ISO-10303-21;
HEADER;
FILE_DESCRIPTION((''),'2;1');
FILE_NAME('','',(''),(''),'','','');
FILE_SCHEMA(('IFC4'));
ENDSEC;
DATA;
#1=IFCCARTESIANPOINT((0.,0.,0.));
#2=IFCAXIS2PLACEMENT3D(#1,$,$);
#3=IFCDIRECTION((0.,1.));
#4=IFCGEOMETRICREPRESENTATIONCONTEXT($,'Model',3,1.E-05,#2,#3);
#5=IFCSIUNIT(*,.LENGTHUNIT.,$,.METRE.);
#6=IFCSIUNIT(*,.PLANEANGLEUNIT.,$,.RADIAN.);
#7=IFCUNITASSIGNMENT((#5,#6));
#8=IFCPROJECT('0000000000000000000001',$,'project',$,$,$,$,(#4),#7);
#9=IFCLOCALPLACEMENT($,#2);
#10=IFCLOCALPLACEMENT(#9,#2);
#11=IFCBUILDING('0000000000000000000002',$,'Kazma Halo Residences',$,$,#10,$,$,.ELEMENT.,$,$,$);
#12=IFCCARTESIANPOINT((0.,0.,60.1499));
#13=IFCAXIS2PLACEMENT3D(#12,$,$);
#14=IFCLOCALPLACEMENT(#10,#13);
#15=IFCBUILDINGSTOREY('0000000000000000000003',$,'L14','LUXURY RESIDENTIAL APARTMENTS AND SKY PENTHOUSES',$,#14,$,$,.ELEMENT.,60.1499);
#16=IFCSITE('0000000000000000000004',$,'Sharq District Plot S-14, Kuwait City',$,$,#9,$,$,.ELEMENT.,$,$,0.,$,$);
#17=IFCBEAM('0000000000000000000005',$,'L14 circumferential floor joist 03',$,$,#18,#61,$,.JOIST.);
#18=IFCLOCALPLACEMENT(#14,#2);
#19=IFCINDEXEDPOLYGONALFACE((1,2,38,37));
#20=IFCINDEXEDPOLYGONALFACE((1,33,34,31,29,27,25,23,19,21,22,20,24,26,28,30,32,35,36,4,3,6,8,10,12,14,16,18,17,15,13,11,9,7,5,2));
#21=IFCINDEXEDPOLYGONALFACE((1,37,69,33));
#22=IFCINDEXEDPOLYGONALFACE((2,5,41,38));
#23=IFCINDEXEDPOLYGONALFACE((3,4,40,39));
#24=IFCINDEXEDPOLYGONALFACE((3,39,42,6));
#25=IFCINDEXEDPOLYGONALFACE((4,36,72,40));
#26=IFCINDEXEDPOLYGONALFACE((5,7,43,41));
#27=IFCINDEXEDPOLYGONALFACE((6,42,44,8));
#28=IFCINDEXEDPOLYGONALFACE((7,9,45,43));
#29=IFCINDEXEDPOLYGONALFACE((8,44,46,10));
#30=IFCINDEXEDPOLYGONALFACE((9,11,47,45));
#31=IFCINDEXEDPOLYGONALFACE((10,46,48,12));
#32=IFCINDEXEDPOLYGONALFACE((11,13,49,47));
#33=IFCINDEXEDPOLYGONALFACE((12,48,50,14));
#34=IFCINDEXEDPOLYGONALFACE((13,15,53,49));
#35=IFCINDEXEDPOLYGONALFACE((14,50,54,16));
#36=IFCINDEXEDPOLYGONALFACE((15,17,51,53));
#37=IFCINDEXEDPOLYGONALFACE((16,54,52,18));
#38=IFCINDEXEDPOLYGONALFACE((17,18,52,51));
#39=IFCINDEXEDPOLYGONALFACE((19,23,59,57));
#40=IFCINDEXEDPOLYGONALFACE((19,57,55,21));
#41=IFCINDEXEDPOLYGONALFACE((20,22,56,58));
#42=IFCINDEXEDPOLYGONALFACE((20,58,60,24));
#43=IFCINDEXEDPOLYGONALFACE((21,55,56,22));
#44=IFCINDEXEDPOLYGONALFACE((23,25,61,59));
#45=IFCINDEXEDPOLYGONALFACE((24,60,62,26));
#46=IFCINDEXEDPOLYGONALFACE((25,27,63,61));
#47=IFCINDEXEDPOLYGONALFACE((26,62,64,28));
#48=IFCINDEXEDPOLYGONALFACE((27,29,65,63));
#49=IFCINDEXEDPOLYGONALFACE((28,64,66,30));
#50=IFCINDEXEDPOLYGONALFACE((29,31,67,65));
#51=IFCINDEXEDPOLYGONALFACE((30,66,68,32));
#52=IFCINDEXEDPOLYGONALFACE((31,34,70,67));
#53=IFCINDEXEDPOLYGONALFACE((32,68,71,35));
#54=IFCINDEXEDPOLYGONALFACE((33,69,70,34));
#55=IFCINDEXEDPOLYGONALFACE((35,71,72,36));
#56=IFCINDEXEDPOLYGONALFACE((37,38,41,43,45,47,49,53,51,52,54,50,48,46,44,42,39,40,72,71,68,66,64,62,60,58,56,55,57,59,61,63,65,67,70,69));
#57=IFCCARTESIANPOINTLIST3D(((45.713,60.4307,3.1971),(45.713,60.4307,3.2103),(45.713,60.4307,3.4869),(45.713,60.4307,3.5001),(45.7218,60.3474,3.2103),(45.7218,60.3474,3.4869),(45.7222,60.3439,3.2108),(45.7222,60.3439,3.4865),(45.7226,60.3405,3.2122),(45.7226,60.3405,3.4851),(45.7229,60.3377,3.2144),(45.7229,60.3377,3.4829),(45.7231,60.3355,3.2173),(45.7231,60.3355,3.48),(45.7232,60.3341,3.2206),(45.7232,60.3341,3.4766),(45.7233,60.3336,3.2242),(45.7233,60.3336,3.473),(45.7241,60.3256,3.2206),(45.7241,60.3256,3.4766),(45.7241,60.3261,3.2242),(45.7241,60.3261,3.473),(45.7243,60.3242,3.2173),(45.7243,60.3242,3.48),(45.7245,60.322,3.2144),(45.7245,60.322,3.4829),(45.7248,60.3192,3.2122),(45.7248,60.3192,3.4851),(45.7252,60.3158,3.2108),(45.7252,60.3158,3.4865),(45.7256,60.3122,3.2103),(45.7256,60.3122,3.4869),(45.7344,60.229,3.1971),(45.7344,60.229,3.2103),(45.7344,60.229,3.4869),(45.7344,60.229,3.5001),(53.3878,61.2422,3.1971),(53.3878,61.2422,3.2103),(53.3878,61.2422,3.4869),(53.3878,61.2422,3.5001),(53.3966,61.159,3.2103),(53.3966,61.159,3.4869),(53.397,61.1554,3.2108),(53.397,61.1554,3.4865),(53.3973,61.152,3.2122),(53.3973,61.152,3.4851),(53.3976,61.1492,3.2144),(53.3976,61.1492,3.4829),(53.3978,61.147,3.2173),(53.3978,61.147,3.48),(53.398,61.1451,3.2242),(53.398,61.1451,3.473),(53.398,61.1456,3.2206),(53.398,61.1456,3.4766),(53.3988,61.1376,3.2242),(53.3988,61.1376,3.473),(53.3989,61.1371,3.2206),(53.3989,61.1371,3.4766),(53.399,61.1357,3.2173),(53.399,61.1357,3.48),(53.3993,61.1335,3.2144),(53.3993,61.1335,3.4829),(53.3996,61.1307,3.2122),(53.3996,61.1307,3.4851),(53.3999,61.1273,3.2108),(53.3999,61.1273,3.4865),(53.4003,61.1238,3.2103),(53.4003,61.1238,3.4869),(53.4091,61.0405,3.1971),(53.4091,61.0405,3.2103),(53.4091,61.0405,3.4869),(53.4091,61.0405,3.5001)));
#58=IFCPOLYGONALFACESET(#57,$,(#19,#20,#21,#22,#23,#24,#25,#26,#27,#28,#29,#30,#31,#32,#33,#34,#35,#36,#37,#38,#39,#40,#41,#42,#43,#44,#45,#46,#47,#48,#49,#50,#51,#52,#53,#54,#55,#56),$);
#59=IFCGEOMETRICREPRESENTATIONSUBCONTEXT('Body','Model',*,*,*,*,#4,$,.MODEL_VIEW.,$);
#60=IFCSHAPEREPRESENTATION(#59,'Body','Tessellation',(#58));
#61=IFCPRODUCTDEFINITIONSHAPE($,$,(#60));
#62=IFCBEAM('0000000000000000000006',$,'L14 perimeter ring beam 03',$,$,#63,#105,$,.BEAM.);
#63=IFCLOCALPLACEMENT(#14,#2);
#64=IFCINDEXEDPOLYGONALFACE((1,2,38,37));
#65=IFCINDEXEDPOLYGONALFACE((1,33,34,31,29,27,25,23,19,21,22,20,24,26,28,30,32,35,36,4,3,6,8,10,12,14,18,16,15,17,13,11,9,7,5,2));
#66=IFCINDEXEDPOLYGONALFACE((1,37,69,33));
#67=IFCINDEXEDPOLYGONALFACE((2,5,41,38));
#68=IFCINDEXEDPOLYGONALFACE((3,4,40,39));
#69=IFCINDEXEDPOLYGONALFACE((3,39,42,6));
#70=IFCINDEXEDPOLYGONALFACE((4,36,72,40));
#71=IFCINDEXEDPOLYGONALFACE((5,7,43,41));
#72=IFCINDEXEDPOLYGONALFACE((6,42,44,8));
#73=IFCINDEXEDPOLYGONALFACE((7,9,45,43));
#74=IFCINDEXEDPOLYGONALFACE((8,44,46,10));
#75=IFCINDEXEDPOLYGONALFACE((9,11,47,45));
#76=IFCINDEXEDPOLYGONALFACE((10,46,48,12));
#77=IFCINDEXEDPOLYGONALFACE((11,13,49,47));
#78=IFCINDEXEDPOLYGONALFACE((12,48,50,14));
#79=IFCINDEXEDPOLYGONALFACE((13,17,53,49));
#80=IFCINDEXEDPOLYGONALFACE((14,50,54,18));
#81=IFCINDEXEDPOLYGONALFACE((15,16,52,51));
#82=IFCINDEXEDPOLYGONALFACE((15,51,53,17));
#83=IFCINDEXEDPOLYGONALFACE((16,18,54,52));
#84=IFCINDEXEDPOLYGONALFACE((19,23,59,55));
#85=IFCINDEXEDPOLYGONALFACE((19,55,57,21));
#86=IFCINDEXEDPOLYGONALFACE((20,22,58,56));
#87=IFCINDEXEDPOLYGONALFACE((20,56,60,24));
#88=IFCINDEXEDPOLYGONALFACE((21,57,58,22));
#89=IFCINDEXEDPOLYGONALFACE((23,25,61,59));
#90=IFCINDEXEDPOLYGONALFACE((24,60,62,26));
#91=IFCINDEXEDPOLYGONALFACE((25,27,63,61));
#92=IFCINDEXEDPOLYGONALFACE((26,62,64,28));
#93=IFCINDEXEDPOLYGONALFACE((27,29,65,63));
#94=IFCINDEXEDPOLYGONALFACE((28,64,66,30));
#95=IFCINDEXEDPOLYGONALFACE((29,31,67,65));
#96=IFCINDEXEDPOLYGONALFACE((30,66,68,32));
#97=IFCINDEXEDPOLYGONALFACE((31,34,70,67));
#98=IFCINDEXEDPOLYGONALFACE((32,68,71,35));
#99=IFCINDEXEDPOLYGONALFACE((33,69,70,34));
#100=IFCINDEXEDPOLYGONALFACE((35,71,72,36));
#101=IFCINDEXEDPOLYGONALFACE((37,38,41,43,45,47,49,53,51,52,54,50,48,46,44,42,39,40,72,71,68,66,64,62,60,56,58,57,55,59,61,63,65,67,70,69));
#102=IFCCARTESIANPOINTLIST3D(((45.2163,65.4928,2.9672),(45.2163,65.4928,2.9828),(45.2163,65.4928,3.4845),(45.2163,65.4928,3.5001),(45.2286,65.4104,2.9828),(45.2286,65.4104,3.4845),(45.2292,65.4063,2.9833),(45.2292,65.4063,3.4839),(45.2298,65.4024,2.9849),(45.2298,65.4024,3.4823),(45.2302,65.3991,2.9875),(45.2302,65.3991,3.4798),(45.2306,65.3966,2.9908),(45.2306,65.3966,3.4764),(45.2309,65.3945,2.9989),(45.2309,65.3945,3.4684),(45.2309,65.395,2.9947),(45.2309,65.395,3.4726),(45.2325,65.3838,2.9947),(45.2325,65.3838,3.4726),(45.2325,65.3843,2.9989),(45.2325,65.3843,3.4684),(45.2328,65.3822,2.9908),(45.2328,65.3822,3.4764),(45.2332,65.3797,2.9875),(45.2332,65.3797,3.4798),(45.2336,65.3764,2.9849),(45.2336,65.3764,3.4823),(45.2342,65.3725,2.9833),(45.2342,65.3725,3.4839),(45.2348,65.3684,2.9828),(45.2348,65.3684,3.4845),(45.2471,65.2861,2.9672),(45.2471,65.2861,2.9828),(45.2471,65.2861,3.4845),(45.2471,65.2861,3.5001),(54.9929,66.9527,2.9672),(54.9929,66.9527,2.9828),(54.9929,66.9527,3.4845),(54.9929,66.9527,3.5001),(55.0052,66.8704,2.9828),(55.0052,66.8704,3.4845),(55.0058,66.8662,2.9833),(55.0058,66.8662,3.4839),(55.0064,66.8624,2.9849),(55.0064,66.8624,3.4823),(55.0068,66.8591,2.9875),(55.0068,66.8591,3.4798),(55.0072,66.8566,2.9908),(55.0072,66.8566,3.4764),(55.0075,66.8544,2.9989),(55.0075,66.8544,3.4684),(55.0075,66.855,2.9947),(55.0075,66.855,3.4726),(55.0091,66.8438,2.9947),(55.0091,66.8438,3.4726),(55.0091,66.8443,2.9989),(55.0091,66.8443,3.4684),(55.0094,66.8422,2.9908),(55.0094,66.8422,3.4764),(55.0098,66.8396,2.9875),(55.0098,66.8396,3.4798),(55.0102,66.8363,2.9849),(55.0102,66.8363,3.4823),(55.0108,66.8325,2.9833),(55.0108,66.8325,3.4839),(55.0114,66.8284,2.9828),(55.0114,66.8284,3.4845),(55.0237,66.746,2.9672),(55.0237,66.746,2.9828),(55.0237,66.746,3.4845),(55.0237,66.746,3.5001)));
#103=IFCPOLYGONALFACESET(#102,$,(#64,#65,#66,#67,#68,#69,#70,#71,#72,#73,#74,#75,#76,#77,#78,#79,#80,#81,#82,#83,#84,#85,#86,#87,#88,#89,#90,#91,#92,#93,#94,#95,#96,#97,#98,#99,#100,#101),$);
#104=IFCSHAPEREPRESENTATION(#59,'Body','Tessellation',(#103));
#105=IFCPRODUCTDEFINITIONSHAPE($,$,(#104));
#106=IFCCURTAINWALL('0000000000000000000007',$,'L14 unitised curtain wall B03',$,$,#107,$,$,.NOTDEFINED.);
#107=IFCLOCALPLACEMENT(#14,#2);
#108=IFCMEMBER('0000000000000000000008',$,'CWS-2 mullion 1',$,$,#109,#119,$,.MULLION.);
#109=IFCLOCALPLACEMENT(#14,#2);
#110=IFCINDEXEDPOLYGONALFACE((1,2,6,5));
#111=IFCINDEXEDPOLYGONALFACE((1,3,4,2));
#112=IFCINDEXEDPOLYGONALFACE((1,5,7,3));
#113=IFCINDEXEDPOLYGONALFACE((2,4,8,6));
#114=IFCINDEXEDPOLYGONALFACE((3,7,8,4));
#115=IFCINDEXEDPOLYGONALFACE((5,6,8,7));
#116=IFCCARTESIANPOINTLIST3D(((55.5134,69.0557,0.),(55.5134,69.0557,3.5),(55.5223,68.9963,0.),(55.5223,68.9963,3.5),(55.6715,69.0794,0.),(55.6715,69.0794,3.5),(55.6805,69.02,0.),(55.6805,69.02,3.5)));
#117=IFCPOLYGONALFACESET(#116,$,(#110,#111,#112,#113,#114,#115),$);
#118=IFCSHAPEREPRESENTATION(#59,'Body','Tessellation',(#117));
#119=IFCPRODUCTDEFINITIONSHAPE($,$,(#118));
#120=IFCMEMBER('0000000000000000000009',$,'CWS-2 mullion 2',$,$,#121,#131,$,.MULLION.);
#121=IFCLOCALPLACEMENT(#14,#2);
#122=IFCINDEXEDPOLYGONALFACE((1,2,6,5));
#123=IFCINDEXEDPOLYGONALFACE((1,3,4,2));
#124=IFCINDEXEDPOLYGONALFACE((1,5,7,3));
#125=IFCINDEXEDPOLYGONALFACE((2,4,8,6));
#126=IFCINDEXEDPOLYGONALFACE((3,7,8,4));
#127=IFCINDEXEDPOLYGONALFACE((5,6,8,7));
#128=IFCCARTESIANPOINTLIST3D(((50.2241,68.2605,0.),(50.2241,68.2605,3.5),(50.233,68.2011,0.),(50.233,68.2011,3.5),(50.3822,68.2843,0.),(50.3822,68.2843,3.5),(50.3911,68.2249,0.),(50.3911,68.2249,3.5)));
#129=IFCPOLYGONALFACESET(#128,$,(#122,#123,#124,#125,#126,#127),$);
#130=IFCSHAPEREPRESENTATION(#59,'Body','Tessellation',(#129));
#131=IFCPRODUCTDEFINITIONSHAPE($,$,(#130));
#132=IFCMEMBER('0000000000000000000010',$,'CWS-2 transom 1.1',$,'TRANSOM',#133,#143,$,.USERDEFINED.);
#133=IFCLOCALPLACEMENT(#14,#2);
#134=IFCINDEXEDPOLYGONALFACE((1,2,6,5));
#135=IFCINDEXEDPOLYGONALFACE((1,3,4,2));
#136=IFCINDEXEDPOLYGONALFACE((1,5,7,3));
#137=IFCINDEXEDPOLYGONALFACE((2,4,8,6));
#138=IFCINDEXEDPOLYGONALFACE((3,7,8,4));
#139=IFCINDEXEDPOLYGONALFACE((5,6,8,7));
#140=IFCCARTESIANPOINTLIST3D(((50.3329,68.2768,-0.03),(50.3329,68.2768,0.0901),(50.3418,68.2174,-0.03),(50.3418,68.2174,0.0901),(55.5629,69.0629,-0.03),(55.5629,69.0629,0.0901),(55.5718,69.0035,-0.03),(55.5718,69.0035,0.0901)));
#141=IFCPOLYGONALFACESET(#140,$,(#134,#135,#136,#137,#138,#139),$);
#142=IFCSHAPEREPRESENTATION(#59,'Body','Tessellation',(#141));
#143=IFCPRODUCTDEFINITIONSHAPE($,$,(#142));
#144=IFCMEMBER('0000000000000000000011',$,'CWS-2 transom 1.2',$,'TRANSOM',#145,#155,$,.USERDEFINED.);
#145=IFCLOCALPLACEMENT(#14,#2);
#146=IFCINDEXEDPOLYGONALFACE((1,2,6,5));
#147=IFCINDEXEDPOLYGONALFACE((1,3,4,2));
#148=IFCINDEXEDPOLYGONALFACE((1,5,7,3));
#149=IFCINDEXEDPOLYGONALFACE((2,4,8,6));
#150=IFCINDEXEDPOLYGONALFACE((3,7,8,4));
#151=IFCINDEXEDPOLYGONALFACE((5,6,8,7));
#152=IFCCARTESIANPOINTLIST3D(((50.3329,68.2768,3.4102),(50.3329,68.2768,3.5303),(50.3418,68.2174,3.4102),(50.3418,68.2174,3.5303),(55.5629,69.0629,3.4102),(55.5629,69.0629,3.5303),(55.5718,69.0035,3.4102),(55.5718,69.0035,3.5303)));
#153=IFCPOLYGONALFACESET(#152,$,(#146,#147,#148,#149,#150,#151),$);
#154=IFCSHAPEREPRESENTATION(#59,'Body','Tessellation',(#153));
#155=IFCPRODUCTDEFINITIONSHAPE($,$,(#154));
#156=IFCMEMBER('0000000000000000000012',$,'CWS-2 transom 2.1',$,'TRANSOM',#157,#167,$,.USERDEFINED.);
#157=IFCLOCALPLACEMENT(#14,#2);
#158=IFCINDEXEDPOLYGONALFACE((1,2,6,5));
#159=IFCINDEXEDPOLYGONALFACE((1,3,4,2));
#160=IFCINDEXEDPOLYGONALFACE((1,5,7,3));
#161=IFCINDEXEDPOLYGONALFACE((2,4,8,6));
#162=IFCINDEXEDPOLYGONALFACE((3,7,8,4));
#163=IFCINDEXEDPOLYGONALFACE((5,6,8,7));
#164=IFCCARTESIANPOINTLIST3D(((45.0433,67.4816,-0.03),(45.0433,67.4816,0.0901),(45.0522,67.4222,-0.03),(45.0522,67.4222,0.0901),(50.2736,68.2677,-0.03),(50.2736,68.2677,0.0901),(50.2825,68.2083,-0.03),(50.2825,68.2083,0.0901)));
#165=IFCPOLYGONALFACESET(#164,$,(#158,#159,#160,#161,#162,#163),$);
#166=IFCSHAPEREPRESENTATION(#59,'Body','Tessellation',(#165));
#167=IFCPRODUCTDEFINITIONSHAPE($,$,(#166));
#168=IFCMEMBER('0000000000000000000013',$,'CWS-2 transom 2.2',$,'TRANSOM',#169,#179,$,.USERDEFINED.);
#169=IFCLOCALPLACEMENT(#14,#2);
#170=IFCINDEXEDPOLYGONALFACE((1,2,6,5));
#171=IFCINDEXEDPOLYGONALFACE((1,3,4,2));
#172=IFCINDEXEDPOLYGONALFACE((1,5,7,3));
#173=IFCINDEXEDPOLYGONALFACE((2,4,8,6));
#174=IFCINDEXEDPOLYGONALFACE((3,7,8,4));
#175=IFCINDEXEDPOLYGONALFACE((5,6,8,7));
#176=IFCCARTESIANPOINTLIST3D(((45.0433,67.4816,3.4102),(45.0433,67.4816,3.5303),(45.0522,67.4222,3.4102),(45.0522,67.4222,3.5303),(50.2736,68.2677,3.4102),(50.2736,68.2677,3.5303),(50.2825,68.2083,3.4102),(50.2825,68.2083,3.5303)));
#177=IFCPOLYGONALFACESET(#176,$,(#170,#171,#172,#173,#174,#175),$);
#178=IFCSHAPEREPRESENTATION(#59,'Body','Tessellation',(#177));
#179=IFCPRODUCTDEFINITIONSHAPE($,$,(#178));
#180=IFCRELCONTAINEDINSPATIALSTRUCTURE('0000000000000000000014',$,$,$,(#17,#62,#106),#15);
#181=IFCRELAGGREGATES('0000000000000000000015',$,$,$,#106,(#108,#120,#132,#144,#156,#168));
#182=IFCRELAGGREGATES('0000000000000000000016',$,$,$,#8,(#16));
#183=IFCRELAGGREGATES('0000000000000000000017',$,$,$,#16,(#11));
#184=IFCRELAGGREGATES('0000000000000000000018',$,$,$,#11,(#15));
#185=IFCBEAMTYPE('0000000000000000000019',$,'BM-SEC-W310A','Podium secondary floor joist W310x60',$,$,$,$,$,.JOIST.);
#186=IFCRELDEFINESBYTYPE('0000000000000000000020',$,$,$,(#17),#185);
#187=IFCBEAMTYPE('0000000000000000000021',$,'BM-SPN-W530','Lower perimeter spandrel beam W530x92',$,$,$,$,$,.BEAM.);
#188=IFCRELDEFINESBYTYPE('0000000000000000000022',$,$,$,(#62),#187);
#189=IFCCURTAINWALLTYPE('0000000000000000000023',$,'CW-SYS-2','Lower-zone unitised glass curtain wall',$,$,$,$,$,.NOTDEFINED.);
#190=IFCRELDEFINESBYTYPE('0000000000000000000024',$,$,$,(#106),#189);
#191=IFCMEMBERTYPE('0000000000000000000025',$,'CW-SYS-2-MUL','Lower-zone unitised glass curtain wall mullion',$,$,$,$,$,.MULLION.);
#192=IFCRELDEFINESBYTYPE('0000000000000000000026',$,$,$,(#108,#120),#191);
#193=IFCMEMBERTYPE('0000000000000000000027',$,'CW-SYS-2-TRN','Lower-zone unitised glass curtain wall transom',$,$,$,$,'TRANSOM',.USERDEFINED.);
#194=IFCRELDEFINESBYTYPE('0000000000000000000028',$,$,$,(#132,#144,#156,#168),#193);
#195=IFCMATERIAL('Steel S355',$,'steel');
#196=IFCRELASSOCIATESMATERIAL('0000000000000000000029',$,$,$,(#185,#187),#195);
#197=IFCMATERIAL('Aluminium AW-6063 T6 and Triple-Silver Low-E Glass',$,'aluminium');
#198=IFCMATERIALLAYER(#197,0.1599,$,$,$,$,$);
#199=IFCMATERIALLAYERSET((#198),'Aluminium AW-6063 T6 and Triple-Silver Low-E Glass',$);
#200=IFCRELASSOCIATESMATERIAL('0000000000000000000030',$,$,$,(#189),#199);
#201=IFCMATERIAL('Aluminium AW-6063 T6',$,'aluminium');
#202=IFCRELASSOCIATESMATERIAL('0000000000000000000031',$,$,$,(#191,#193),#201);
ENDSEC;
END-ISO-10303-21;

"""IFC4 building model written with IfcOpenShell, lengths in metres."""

from ifc_helpers import new_model, si_unit, direction, frame, origin, origin_2d, place, context, subcontext, project, spatial, rectangle, i_section, extrude, material, layer, layer_set, material_profile, profile_set, type_object, element, aggregate, save


model = new_model("IFC4")

# Units and contexts
model_context = context("Model", 3, precision=1e-05, world=origin(), true_north=direction((0.0, 1.0)))
body_context = subcontext(model_context, "Body", "Model", "MODEL_VIEW")
ifc_project = project(units=[si_unit("LENGTHUNIT", "METRE"), si_unit("PLANEANGLEUNIT", "RADIAN")], contexts=[model_context])

# Site, building, storey
site_placement = place(None, origin())
site = spatial("IfcSite", under=ifc_project, at=site_placement, Name="Sharq District Plot S-14, Kuwait City", CompositionType="ELEMENT", RefElevation=0.0)
building_placement = place(site_placement, origin())
building = spatial("IfcBuilding", under=site, at=building_placement, Name="Kazma Halo Residences", CompositionType="ELEMENT")
storey_placement = place(building_placement, frame((0.0, 0.0, 60.1499)))
storey = spatial("IfcBuildingStorey", under=building, at=storey_placement, Name="L14", Description="LUXURY RESIDENTIAL APARTMENTS AND SKY PENTHOUSES", CompositionType="ELEMENT", Elevation=60.1499)

# Beams
ifc_material_1 = material(Name="Steel S355", Category="steel")
ifc_material_profile_1 = material_profile(ifc_material_1, i_section(OverallWidth=0.2029, OverallDepth=0.303, WebThickness=0.0076, FlangeThickness=0.0132, FilletRadius=0.0139, at=origin_2d()), Name="W310x60")
ifc_profile_set_1 = profile_set([ifc_material_profile_1], Name="Steel S355")
beam_type_1 = type_object("IfcBeamType", Name="BM-SEC-W310A", Description="Podium secondary floor joist W310x60", PredefinedType="JOIST", material=ifc_profile_set_1)
beam_1_placement = place(storey_placement, frame((53.3984, 61.1414, 3.3486), z_axis=(-0.994456, -0.105152, 0.0), x_axis=(0.105152, -0.994456, 0.0)))
element("IfcBeam", 1, at=beam_1_placement, inside=storey, type_object=beam_type_1, Name="L14 circumferential floor joist 03", PredefinedType="JOIST", context=body_context, shape_type="SweptSolid", body=[
    extrude(i_section(OverallWidth=0.2029, OverallDepth=0.303, WebThickness=0.0076, FlangeThickness=0.0132, FilletRadius=0.0139, at=origin_2d()), origin(), (0.0, 0.0, 1.0), 7.7175),
])
ifc_material_profile_2 = material_profile(ifc_material_1, i_section(OverallWidth=0.209, OverallDepth=0.533, WebThickness=0.0103, FlangeThickness=0.0156, FilletRadius=0.0161, at=origin_2d()), Name="W530x92")
ifc_profile_set_2 = profile_set([ifc_material_profile_2], Name="Steel S355")
beam_type_2 = type_object("IfcBeamType", Name="BM-SPN-W530", Description="Lower perimeter spandrel beam W530x92", PredefinedType="BEAM", material=ifc_profile_set_2)
beam_2_placement = place(storey_placement, frame((55.0083, 66.8494, 3.2336), z_axis=(-0.989033, -0.147694, 0.0), x_axis=(0.147694, -0.989033, 0.0)))
element("IfcBeam", 2, at=beam_2_placement, inside=storey, type_object=beam_type_2, Name="L14 perimeter ring beam 03", PredefinedType="BEAM", context=body_context, shape_type="SweptSolid", body=[
    extrude(i_section(OverallWidth=0.209, OverallDepth=0.533, WebThickness=0.0103, FlangeThickness=0.0156, FilletRadius=0.0161, at=origin_2d()), origin(), (0.0, 0.0, 1.0), 9.885),
])

# Curtain wall, members
ifc_material_2 = material(Name="Aluminium AW-6063 T6 and Triple-Silver Low-E Glass", Category="aluminium")
ifc_layer_1 = layer(ifc_material_2, 0.1599)
ifc_layer_set_1 = layer_set([ifc_layer_1], Name="Aluminium AW-6063 T6 and Triple-Silver Low-E Glass")
curtain_wall_type = type_object("IfcCurtainWallType", Name="CW-SYS-2", Description="Lower-zone unitised glass curtain wall", PredefinedType="NOTDEFINED", material=ifc_layer_set_1)
curtain_wall_placement = place(storey_placement, origin())
curtain_wall = element("IfcCurtainWall", 3, at=curtain_wall_placement, inside=storey, type_object=curtain_wall_type, Name="L14 unitised curtain wall B03", PredefinedType="NOTDEFINED")
ifc_material_3 = material(Name="Aluminium AW-6063 T6", Category="aluminium")
ifc_material_profile_3 = material_profile(ifc_material_3, rectangle(XDim=0.0601, YDim=0.1599, at=origin_2d()), Name="CWM-60x160")
ifc_profile_set_3 = profile_set([ifc_material_profile_3], Name="Aluminium AW-6063 T6")
member_type_1 = type_object("IfcMemberType", Name="CW-SYS-2-MUL", Description="Lower-zone unitised glass curtain wall mullion", PredefinedType="MULLION", material=ifc_profile_set_3)
member_1_placement = place(storey_placement, frame((55.5969, 69.0378, 0.0), z_axis=(0.0, 0.0, 1.0), x_axis=(0.148657, -0.988889, 0.0)))
member_1 = element("IfcMember", 4, at=member_1_placement, type_object=member_type_1, Name="CWS-2 mullion 1", PredefinedType="MULLION", context=body_context, shape_type="SweptSolid", body=[
    extrude(rectangle(XDim=0.0601, YDim=0.1599, at=origin_2d()), origin(), (0.0, 0.0, 1.0), 3.5),
])
member_2_placement = place(storey_placement, frame((50.3076, 68.2427, 0.0), z_axis=(0.0, 0.0, 1.0), x_axis=(0.148657, -0.988889, 0.0)))
member_2 = element("IfcMember", 5, at=member_2_placement, type_object=member_type_1, Name="CWS-2 mullion 2", PredefinedType="MULLION", context=body_context, shape_type="SweptSolid", body=[
    extrude(rectangle(XDim=0.0601, YDim=0.1599, at=origin_2d()), origin(), (0.0, 0.0, 1.0), 3.5),
])
ifc_material_profile_4 = material_profile(ifc_material_3, rectangle(XDim=0.0601, YDim=0.1201, at=origin_2d()), Name="CWT-60x120")
ifc_profile_set_4 = profile_set([ifc_material_profile_4], Name="Aluminium AW-6063 T6")
member_type_2 = type_object("IfcMemberType", Name="CW-SYS-2-TRN", Description="Lower-zone unitised glass curtain wall transom", ElementType="TRANSOM", PredefinedType="USERDEFINED", material=ifc_profile_set_4)
member_3_placement = place(storey_placement, frame((55.5674, 69.0332, 0.03), z_axis=(-0.988891, -0.148643, 0.0), x_axis=(0.148643, -0.988891, 0.0)))
member_3 = element("IfcMember", 6, at=member_3_placement, type_object=member_type_2, Name="CWS-2 transom 1.1", ObjectType="TRANSOM", PredefinedType="USERDEFINED", context=body_context, shape_type="SweptSolid", body=[
    extrude(rectangle(XDim=0.0601, YDim=0.1201, at=origin_2d()), origin(), (0.0, 0.0, 1.0), 5.2888),
])
member_4_placement = place(storey_placement, frame((55.5674, 69.0332, 3.4702), z_axis=(-0.988891, -0.148643, 0.0), x_axis=(0.148643, -0.988891, 0.0)))
member_4 = element("IfcMember", 7, at=member_4_placement, type_object=member_type_2, Name="CWS-2 transom 1.2", ObjectType="TRANSOM", PredefinedType="USERDEFINED", context=body_context, shape_type="SweptSolid", body=[
    extrude(rectangle(XDim=0.0601, YDim=0.1201, at=origin_2d()), origin(), (0.0, 0.0, 1.0), 5.2888),
])
member_5_placement = place(storey_placement, frame((50.2781, 68.238, 0.03), z_axis=(-0.988892, -0.148636, 0.0), x_axis=(0.148636, -0.988892, 0.0)))
member_5 = element("IfcMember", 8, at=member_5_placement, type_object=member_type_2, Name="CWS-2 transom 2.1", ObjectType="TRANSOM", PredefinedType="USERDEFINED", context=body_context, shape_type="SweptSolid", body=[
    extrude(rectangle(XDim=0.0601, YDim=0.1201, at=origin_2d()), origin(), (0.0, 0.0, 1.0), 5.2891),
])
member_6_placement = place(storey_placement, frame((50.2781, 68.238, 3.4702), z_axis=(-0.988892, -0.148636, 0.0), x_axis=(0.148636, -0.988892, 0.0)))
member_6 = element("IfcMember", 9, at=member_6_placement, type_object=member_type_2, Name="CWS-2 transom 2.2", ObjectType="TRANSOM", PredefinedType="USERDEFINED", context=body_context, shape_type="SweptSolid", body=[
    extrude(rectangle(XDim=0.0601, YDim=0.1201, at=origin_2d()), origin(), (0.0, 0.0, 1.0), 5.2891),
])
aggregate(curtain_wall, [member_1, member_2, member_3, member_4, member_5, member_6])

save(model, "model.ifc")
